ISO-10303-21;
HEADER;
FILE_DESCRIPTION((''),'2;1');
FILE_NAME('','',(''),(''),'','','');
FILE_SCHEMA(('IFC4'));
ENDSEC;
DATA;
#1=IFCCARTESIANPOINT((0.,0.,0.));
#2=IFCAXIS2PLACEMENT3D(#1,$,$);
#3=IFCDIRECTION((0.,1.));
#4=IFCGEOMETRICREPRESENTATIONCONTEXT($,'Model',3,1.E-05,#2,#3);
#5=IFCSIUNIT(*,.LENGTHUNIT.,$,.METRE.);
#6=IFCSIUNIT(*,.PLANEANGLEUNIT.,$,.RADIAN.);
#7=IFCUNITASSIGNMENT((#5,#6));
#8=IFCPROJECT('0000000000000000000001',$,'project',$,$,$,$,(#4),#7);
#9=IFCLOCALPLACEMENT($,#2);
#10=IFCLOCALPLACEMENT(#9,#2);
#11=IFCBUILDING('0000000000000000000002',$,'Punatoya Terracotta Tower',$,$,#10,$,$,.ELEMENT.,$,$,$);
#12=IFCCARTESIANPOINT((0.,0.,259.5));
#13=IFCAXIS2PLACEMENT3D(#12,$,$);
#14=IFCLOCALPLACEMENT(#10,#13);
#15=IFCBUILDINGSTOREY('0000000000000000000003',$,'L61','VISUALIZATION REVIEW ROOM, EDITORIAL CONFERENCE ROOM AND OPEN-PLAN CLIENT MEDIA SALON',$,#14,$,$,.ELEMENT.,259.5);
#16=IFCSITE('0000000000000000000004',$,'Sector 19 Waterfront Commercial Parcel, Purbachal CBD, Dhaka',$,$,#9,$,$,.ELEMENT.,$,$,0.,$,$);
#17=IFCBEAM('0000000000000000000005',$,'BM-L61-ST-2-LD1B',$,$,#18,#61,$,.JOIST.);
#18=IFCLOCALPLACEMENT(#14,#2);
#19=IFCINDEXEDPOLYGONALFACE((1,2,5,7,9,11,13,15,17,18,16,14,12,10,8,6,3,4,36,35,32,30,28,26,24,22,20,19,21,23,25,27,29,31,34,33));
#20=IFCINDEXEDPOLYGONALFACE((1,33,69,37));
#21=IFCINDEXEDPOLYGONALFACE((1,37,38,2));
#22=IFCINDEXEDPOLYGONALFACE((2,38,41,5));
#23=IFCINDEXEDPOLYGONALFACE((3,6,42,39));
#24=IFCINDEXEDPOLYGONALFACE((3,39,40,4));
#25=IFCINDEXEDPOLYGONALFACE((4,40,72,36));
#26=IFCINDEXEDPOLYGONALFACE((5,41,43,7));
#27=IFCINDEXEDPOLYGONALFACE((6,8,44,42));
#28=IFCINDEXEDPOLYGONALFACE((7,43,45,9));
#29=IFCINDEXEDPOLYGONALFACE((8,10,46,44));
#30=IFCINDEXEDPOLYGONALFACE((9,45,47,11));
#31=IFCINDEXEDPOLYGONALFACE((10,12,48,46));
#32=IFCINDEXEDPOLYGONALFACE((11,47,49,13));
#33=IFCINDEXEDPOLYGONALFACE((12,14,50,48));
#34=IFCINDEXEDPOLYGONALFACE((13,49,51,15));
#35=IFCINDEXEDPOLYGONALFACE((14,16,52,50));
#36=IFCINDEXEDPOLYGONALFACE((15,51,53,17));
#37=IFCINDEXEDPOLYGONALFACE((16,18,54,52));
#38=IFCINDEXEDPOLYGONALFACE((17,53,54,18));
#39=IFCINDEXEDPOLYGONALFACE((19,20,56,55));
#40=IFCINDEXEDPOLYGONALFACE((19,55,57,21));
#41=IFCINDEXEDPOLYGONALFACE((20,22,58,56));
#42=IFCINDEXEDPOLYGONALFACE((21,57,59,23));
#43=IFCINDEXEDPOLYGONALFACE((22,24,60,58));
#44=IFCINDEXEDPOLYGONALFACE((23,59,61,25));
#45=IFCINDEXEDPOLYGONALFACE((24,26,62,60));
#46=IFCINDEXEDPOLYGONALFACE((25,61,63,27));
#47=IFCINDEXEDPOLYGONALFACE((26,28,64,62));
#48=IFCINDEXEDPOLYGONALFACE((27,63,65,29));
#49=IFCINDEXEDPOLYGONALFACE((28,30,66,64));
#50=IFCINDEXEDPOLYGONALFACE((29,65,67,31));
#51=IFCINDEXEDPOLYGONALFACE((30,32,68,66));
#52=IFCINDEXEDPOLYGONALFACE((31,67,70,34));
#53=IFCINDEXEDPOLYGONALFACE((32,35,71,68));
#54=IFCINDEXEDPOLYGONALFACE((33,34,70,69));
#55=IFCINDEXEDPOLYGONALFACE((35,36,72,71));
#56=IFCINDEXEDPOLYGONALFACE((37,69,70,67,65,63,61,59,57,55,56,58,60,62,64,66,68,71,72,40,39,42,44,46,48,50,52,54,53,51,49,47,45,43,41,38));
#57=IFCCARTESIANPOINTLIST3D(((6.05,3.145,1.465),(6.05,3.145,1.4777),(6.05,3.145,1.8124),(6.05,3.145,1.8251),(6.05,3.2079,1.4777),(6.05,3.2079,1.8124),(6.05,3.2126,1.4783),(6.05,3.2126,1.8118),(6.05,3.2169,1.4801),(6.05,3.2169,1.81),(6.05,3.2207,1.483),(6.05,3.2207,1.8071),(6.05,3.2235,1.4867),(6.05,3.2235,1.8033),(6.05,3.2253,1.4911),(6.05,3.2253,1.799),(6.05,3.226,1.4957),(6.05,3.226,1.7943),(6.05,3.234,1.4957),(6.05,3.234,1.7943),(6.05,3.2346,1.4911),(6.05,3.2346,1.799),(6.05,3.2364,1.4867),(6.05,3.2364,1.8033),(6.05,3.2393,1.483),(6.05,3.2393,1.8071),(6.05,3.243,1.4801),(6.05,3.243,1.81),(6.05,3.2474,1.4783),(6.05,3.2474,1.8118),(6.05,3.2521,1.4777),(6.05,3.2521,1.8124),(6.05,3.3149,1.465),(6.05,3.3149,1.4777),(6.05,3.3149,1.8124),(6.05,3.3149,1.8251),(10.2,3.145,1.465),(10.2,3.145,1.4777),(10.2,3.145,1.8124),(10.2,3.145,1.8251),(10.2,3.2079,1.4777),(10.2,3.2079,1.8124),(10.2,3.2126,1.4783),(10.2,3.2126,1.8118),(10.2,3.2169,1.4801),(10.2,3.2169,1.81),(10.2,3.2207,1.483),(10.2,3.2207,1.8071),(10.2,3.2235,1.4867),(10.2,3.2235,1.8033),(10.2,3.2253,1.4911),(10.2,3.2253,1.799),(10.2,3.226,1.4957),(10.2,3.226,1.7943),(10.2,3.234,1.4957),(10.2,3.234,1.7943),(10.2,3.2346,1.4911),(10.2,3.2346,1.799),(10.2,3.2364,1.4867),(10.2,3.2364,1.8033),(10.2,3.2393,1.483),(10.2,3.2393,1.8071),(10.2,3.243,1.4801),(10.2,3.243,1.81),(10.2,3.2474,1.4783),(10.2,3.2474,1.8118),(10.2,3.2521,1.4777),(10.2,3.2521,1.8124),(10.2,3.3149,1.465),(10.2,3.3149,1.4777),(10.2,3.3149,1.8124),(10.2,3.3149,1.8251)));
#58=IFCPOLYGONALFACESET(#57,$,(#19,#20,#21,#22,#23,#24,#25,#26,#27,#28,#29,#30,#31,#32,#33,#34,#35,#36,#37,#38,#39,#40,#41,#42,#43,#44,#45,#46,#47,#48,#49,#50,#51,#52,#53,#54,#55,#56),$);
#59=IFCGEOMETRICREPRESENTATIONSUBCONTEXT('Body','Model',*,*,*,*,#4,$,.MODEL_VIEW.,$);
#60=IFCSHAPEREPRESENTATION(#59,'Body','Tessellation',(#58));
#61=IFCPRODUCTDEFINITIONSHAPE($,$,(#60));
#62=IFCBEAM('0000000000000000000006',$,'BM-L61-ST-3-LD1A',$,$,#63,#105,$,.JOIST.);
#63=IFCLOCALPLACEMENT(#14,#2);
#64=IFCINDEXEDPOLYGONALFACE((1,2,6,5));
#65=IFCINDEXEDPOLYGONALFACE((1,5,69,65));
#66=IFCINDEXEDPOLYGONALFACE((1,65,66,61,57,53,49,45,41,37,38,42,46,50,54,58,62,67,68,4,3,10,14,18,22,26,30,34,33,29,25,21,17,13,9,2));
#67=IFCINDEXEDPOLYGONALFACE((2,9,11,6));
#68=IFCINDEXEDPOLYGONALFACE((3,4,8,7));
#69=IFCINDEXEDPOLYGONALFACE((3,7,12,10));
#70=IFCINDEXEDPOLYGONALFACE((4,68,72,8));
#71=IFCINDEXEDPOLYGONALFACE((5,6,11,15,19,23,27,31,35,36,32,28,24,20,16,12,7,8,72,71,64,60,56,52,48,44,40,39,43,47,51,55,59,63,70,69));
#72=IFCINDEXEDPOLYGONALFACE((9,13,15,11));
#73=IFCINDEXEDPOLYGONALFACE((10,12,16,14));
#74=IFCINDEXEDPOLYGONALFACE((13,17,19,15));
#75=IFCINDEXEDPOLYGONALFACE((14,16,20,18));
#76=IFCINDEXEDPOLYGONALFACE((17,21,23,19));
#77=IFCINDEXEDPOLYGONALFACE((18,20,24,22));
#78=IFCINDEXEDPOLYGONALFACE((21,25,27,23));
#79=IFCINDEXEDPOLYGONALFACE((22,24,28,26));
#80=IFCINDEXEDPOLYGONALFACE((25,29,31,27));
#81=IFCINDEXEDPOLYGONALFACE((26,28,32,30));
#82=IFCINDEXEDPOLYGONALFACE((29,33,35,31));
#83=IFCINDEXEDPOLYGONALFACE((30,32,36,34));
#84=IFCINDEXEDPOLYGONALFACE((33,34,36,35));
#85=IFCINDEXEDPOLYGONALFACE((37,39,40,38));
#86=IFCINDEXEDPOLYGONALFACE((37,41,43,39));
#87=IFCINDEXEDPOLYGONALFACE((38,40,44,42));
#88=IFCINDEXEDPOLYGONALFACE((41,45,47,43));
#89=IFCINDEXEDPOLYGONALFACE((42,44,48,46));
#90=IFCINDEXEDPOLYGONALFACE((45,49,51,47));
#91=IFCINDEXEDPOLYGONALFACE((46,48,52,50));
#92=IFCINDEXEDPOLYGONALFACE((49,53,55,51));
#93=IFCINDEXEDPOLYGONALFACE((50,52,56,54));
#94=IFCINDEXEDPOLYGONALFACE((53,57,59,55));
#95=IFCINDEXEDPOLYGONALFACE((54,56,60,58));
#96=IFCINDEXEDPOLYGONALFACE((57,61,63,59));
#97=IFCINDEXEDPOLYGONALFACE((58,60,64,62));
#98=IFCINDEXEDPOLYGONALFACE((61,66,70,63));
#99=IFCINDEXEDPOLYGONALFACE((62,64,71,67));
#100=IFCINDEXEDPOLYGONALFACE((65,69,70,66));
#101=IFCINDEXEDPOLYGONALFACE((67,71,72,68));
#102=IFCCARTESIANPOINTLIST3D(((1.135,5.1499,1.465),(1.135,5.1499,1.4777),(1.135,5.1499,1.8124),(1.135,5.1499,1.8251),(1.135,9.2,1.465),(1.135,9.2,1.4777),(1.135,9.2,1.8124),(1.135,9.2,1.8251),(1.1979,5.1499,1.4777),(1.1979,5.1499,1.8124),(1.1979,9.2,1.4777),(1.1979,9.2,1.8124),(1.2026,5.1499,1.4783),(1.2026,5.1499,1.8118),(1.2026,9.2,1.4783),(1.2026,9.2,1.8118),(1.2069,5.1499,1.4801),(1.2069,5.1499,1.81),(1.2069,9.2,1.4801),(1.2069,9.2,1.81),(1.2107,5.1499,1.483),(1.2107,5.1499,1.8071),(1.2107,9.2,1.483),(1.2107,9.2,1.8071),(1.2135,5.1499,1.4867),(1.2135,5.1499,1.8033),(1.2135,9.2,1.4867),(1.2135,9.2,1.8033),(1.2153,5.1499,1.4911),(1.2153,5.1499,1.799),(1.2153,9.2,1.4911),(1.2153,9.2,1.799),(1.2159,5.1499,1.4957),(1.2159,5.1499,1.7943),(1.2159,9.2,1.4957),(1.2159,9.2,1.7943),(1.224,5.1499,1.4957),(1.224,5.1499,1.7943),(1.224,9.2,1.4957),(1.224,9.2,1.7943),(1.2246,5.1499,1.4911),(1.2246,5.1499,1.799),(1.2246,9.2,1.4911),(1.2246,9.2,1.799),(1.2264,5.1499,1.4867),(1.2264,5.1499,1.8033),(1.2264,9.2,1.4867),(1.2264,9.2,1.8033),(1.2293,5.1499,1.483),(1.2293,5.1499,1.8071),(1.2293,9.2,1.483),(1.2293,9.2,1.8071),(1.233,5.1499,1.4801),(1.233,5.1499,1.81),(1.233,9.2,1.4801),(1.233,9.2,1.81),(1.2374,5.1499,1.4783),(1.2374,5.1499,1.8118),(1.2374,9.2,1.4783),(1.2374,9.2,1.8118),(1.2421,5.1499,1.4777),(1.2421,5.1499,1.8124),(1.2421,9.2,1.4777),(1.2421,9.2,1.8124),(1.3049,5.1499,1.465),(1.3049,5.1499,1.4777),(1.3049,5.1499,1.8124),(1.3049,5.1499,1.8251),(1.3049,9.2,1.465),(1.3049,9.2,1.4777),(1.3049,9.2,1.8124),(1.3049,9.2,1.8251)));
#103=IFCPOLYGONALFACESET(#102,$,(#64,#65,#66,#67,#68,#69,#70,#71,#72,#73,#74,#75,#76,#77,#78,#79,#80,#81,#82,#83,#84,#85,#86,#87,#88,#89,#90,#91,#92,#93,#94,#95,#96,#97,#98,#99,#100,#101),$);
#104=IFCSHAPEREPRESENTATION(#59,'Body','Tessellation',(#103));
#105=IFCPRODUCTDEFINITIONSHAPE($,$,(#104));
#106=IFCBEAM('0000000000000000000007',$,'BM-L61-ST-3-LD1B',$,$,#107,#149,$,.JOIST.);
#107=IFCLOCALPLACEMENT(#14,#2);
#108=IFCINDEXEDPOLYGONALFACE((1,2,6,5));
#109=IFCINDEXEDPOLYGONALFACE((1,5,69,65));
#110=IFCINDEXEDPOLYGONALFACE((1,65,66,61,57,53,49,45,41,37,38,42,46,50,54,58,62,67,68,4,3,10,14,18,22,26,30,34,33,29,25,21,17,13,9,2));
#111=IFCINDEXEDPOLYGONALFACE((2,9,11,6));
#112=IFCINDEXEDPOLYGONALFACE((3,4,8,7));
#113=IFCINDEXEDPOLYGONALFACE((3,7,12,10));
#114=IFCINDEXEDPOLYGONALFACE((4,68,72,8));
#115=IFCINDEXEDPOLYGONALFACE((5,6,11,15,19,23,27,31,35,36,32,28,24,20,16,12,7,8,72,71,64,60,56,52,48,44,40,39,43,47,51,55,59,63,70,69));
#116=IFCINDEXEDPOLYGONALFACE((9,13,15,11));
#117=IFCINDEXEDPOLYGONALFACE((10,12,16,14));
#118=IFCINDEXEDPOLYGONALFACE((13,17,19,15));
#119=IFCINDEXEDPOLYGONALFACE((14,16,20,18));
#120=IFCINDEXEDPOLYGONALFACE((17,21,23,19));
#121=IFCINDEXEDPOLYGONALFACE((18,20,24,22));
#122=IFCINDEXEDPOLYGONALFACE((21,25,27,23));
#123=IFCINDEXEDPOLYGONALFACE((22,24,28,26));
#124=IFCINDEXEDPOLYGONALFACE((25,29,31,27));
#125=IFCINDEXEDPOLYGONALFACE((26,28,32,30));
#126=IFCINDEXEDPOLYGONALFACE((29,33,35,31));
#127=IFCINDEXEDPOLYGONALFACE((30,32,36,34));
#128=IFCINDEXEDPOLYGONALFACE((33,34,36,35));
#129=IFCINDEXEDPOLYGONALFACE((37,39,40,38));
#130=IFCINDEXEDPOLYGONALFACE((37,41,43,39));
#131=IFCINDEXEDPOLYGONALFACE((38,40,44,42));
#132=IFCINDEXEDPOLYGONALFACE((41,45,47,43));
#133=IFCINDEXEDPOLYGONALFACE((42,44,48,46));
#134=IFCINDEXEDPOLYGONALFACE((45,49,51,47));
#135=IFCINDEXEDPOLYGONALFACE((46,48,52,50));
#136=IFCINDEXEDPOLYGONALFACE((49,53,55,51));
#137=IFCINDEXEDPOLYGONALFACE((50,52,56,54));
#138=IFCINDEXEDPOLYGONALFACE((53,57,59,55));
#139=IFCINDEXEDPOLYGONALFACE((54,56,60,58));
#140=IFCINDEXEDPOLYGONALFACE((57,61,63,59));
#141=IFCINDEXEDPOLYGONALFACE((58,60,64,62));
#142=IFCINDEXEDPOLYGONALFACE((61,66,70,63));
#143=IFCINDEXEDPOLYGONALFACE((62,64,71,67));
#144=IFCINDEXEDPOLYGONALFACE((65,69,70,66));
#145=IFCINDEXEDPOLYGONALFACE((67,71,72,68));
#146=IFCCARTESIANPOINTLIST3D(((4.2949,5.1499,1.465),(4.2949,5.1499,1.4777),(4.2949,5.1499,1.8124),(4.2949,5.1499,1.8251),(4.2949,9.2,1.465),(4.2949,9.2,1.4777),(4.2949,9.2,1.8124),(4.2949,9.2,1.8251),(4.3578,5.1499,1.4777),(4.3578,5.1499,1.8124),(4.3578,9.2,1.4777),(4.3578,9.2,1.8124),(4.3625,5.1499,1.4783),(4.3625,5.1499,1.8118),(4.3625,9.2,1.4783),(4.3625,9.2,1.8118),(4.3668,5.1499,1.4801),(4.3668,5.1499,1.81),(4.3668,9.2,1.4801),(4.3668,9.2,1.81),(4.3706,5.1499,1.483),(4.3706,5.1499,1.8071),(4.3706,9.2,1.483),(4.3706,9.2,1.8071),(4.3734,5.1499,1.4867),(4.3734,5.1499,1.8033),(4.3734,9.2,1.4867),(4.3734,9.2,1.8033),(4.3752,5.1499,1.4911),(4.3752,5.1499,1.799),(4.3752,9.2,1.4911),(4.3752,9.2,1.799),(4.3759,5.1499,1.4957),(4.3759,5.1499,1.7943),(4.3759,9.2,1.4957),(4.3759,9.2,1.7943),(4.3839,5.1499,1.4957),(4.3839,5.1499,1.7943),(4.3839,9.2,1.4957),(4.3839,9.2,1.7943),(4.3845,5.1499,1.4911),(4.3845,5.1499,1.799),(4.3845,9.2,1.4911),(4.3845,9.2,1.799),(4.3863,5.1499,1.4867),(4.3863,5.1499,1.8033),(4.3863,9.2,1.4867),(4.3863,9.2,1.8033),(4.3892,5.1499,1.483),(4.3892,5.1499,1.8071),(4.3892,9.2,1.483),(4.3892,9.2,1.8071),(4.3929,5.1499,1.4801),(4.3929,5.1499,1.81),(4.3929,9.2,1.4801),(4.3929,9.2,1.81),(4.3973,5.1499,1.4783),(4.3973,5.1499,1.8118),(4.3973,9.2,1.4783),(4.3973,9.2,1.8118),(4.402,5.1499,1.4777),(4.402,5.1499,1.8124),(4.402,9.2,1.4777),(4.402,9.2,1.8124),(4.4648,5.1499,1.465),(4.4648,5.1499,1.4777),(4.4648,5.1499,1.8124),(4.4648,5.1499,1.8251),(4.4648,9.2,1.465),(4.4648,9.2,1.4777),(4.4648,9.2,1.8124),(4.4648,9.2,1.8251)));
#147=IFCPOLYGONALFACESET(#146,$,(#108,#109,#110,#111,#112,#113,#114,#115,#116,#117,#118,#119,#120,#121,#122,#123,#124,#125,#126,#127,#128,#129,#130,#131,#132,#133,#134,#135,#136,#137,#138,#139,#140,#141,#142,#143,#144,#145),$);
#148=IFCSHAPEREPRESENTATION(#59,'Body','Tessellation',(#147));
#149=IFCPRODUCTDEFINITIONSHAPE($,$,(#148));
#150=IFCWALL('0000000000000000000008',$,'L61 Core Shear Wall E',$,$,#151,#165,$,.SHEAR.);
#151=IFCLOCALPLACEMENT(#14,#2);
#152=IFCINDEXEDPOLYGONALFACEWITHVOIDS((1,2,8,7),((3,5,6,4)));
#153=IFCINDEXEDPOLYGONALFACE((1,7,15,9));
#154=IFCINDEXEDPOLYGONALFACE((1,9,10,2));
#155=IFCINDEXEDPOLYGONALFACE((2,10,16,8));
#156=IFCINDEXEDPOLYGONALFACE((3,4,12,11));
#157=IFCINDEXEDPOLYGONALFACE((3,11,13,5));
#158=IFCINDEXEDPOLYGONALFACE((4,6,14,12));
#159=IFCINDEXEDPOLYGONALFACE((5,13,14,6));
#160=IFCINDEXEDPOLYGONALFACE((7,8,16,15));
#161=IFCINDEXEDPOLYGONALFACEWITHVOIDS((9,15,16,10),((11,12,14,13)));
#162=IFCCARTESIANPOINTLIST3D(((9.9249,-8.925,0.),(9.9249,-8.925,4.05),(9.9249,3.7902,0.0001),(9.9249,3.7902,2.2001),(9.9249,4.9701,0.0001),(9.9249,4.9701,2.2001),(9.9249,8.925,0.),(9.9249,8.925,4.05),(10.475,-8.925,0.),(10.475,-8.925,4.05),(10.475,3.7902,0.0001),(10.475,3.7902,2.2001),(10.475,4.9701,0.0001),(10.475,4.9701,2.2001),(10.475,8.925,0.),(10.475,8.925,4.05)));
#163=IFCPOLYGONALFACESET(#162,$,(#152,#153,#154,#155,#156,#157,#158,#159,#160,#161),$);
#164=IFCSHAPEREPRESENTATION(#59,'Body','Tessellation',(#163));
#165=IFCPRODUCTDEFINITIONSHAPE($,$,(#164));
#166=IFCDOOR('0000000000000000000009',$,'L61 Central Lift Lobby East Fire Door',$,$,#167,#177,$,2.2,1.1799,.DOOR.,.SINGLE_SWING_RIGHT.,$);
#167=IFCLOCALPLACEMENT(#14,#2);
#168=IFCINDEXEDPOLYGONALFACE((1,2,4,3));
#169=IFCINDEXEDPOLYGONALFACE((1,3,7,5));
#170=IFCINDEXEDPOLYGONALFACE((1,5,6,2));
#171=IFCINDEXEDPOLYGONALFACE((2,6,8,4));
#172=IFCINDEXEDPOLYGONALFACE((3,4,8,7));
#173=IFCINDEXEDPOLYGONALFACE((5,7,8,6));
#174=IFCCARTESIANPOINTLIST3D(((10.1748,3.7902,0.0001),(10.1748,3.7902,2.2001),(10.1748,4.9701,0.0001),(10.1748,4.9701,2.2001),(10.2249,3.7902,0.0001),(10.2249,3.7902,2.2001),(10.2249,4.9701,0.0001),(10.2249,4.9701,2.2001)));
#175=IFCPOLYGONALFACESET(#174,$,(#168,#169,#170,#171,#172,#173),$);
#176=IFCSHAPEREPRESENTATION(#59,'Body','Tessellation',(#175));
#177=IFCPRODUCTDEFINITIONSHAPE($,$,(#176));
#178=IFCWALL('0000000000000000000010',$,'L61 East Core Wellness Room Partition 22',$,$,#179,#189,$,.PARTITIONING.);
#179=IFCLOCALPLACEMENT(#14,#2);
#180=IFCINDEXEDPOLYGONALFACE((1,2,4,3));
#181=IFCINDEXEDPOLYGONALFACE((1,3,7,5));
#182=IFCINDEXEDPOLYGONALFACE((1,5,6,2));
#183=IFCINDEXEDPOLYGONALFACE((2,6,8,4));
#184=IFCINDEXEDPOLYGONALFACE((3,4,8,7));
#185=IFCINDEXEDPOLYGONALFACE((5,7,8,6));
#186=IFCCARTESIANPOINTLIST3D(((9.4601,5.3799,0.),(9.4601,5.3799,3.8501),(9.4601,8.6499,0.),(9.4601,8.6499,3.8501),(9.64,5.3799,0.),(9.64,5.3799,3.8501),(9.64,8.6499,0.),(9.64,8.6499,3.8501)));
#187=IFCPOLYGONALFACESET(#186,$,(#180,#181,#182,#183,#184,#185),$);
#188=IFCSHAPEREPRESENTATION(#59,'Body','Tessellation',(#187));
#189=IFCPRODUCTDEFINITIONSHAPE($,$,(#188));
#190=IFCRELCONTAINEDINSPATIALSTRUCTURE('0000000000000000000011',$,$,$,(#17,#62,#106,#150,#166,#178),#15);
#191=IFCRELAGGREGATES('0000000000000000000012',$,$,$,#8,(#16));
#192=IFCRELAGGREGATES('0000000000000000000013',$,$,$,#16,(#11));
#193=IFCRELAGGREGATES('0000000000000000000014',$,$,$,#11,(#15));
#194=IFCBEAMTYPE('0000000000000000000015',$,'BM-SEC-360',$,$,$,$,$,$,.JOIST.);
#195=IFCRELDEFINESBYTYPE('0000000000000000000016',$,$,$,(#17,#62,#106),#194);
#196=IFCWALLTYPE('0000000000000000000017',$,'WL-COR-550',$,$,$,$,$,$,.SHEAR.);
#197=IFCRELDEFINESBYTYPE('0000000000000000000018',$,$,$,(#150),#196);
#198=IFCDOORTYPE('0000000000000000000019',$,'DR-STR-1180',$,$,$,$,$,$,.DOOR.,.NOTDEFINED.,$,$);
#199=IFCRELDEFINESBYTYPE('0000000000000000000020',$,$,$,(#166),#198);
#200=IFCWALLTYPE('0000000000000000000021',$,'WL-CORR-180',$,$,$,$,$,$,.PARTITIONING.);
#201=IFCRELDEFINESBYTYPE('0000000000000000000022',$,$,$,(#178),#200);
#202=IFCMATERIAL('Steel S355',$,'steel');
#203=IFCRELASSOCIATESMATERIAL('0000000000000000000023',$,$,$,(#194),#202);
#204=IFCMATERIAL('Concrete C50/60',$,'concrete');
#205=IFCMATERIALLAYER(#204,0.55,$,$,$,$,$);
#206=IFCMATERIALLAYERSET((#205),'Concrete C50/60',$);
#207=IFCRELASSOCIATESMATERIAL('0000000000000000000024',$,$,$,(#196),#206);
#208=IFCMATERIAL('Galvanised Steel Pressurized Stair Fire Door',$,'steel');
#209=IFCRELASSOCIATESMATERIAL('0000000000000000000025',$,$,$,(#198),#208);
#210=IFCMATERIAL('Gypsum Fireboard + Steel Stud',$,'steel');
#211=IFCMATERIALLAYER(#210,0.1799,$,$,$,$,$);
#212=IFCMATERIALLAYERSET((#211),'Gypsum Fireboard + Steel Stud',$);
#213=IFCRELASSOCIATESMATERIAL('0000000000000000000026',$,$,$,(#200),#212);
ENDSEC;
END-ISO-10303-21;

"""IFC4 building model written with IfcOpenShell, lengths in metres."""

from ifc_helpers import new_model, si_unit, direction, frame, frame_2d, origin, origin_2d, place, context, subcontext, project, spatial, rectangle, i_section, extrude, material, layer, layer_set, material_profile, profile_set, type_object, element, fill, save


model = new_model("IFC4")

# Units and contexts
model_context = context("Model", 3, precision=1e-05, world=origin(), true_north=direction((0.0, 1.0)))
body_context = subcontext(model_context, "Body", "Model", "MODEL_VIEW")
ifc_project = project(units=[si_unit("LENGTHUNIT", "METRE"), si_unit("PLANEANGLEUNIT", "RADIAN")], contexts=[model_context])

# Site, building, storey
site_placement = place(None, origin())
site = spatial("IfcSite", under=ifc_project, at=site_placement, Name="Sector 19 Waterfront Commercial Parcel, Purbachal CBD, Dhaka", CompositionType="ELEMENT", RefElevation=0.0)
building_placement = place(site_placement, origin())
building = spatial("IfcBuilding", under=site, at=building_placement, Name="Punatoya Terracotta Tower", CompositionType="ELEMENT")
storey_placement = place(building_placement, frame((0.0, 0.0, 259.5)))
storey = spatial("IfcBuildingStorey", under=building, at=storey_placement, Name="L61", Description="VISUALIZATION REVIEW ROOM, EDITORIAL CONFERENCE ROOM AND OPEN-PLAN CLIENT MEDIA SALON", CompositionType="ELEMENT", Elevation=259.5)

# Beams
ifc_material_1 = material(Name="Steel S355", Category="steel")
ifc_material_profile_1 = material_profile(ifc_material_1, i_section(OverallWidth=0.1699, OverallDepth=0.3601, WebThickness=0.0081, FlangeThickness=0.0127, FilletRadius=0.0181, at=origin_2d()))
ifc_profile_set_1 = profile_set([ifc_material_profile_1], Name="Steel S355")
beam_type_1 = type_object("IfcBeamType", Name="BM-SEC-360", PredefinedType="JOIST", material=ifc_profile_set_1)
for number, where, z_axis, x_axis, name in (
    (1, (6.05, 3.23, 1.645), (1.0, 0.0, 0.0), (0.0, 1.0, 0.0), "BM-L61-ST-2-LD1B"),
):
    element("IfcBeam", number, at=place(storey_placement, frame(where, z_axis=z_axis, x_axis=x_axis)), inside=storey, type_object=beam_type_1, Name=name, PredefinedType="JOIST", context=body_context, shape_type="SweptSolid", body=[
        extrude(i_section(OverallWidth=0.1699, OverallDepth=0.3601, WebThickness=0.0081, FlangeThickness=0.0127, FilletRadius=0.0181, at=origin_2d()), origin(), (0.0, 0.0, 1.0), 4.1499),
    ])
for number, where, z_axis, x_axis, name in (
    (2, (1.22, 5.1499, 1.645), (0.0, 1.0, 0.0), (-1.0, 0.0, 0.0), "BM-L61-ST-3-LD1A"),
    (3, (4.3799, 5.1499, 1.645), (0.0, 1.0, 0.0), (-1.0, 0.0, 0.0), "BM-L61-ST-3-LD1B"),
):
    element("IfcBeam", number, at=place(storey_placement, frame(where, z_axis=z_axis, x_axis=x_axis)), inside=storey, type_object=beam_type_1, Name=name, PredefinedType="JOIST", context=body_context, shape_type="SweptSolid", body=[
        extrude(i_section(OverallWidth=0.1699, OverallDepth=0.3601, WebThickness=0.0081, FlangeThickness=0.0127, FilletRadius=0.0181, at=origin_2d()), origin(), (0.0, 0.0, 1.0), 4.05),
    ])

# Wall, opening, door
ifc_material_2 = material(Name="Concrete C50/60", Category="concrete")
ifc_layer_1 = layer(ifc_material_2, 0.55)
ifc_layer_set_1 = layer_set([ifc_layer_1], Name="Concrete C50/60")
wall_type_1 = type_object("IfcWallType", Name="WL-COR-550", PredefinedType="SHEAR", material=ifc_layer_set_1)
wall_1_placement = place(storey_placement, frame((10.2, 8.925, 0.0), z_axis=(0.0, 0.0, 1.0), x_axis=(0.0, -1.0, 0.0)))
wall_1 = element("IfcWall", 4, at=wall_1_placement, inside=storey, type_object=wall_type_1, Name="L61 Core Shear Wall E", PredefinedType="SHEAR", context=body_context, shape_type="SweptSolid", body=[
    extrude(rectangle(XDim=17.8501, YDim=0.55, at=frame_2d((8.925, 0.0))), origin(), (0.0, 0.0, 1.0), 4.05),
])
opening_1_placement = place(wall_1_placement, frame((3.9551, 0.0, 0.0)))
opening_1 = element("IfcOpeningElement", 5, at=opening_1_placement, cuts=wall_1, PredefinedType="OPENING", context=body_context, shape_type="SweptSolid", body=[
    extrude(rectangle(XDim=1.1799, YDim=2.2, at=frame_2d((0.5898, 1.1001))), frame((0.0, 0.2849, 0.0), z_axis=(0.0, -1.0, 0.0), x_axis=(1.0, 0.0, 0.0)), (0.0, 0.0, 1.0), 0.5701),
])
ifc_material_3 = material(Name="Galvanised Steel Pressurized Stair Fire Door", Category="steel")
door_type_1 = type_object("IfcDoorType", Name="DR-STR-1180", OperationType="NOTDEFINED", PredefinedType="DOOR", material=ifc_material_3)
door_1_placement = place(opening_1_placement, origin())
door_1 = element("IfcDoor", 6, at=door_1_placement, inside=storey, type_object=door_type_1, Name="L61 Central Lift Lobby East Fire Door", OperationType="SINGLE_SWING_RIGHT", OverallHeight=2.2, OverallWidth=1.1799, PredefinedType="DOOR", context=body_context, shape_type="SweptSolid", body=[
    extrude(rectangle(XDim=1.1799, YDim=2.2, at=frame_2d((0.5898, 1.1001))), frame((0.0, 0.0249, 0.0), z_axis=(0.0, -1.0, 0.0), x_axis=(1.0, 0.0, 0.0)), (0.0, 0.0, 1.0), 0.05),
])
fill(opening_1, door_1)

# Wall
ifc_material_4 = material(Name="Gypsum Fireboard + Steel Stud", Category="steel")
ifc_layer_2 = layer(ifc_material_4, 0.1799)
ifc_layer_set_2 = layer_set([ifc_layer_2], Name="Gypsum Fireboard + Steel Stud")
wall_type_2 = type_object("IfcWallType", Name="WL-CORR-180", PredefinedType="PARTITIONING", material=ifc_layer_set_2)
wall_2_placement = place(storey_placement, frame((9.55, 5.3799, 0.0), z_axis=(0.0, 0.0, 1.0), x_axis=(0.0, 1.0, 0.0)))
element("IfcWall", 7, at=wall_2_placement, inside=storey, type_object=wall_type_2, Name="L61 East Core Wellness Room Partition 22", PredefinedType="PARTITIONING", context=body_context, shape_type="SweptSolid", body=[
    extrude(rectangle(XDim=3.27, YDim=0.1799, at=frame_2d((1.635, 0.0))), origin(), (0.0, 0.0, 1.0), 3.8501),
])

save(model, "model.ifc")
